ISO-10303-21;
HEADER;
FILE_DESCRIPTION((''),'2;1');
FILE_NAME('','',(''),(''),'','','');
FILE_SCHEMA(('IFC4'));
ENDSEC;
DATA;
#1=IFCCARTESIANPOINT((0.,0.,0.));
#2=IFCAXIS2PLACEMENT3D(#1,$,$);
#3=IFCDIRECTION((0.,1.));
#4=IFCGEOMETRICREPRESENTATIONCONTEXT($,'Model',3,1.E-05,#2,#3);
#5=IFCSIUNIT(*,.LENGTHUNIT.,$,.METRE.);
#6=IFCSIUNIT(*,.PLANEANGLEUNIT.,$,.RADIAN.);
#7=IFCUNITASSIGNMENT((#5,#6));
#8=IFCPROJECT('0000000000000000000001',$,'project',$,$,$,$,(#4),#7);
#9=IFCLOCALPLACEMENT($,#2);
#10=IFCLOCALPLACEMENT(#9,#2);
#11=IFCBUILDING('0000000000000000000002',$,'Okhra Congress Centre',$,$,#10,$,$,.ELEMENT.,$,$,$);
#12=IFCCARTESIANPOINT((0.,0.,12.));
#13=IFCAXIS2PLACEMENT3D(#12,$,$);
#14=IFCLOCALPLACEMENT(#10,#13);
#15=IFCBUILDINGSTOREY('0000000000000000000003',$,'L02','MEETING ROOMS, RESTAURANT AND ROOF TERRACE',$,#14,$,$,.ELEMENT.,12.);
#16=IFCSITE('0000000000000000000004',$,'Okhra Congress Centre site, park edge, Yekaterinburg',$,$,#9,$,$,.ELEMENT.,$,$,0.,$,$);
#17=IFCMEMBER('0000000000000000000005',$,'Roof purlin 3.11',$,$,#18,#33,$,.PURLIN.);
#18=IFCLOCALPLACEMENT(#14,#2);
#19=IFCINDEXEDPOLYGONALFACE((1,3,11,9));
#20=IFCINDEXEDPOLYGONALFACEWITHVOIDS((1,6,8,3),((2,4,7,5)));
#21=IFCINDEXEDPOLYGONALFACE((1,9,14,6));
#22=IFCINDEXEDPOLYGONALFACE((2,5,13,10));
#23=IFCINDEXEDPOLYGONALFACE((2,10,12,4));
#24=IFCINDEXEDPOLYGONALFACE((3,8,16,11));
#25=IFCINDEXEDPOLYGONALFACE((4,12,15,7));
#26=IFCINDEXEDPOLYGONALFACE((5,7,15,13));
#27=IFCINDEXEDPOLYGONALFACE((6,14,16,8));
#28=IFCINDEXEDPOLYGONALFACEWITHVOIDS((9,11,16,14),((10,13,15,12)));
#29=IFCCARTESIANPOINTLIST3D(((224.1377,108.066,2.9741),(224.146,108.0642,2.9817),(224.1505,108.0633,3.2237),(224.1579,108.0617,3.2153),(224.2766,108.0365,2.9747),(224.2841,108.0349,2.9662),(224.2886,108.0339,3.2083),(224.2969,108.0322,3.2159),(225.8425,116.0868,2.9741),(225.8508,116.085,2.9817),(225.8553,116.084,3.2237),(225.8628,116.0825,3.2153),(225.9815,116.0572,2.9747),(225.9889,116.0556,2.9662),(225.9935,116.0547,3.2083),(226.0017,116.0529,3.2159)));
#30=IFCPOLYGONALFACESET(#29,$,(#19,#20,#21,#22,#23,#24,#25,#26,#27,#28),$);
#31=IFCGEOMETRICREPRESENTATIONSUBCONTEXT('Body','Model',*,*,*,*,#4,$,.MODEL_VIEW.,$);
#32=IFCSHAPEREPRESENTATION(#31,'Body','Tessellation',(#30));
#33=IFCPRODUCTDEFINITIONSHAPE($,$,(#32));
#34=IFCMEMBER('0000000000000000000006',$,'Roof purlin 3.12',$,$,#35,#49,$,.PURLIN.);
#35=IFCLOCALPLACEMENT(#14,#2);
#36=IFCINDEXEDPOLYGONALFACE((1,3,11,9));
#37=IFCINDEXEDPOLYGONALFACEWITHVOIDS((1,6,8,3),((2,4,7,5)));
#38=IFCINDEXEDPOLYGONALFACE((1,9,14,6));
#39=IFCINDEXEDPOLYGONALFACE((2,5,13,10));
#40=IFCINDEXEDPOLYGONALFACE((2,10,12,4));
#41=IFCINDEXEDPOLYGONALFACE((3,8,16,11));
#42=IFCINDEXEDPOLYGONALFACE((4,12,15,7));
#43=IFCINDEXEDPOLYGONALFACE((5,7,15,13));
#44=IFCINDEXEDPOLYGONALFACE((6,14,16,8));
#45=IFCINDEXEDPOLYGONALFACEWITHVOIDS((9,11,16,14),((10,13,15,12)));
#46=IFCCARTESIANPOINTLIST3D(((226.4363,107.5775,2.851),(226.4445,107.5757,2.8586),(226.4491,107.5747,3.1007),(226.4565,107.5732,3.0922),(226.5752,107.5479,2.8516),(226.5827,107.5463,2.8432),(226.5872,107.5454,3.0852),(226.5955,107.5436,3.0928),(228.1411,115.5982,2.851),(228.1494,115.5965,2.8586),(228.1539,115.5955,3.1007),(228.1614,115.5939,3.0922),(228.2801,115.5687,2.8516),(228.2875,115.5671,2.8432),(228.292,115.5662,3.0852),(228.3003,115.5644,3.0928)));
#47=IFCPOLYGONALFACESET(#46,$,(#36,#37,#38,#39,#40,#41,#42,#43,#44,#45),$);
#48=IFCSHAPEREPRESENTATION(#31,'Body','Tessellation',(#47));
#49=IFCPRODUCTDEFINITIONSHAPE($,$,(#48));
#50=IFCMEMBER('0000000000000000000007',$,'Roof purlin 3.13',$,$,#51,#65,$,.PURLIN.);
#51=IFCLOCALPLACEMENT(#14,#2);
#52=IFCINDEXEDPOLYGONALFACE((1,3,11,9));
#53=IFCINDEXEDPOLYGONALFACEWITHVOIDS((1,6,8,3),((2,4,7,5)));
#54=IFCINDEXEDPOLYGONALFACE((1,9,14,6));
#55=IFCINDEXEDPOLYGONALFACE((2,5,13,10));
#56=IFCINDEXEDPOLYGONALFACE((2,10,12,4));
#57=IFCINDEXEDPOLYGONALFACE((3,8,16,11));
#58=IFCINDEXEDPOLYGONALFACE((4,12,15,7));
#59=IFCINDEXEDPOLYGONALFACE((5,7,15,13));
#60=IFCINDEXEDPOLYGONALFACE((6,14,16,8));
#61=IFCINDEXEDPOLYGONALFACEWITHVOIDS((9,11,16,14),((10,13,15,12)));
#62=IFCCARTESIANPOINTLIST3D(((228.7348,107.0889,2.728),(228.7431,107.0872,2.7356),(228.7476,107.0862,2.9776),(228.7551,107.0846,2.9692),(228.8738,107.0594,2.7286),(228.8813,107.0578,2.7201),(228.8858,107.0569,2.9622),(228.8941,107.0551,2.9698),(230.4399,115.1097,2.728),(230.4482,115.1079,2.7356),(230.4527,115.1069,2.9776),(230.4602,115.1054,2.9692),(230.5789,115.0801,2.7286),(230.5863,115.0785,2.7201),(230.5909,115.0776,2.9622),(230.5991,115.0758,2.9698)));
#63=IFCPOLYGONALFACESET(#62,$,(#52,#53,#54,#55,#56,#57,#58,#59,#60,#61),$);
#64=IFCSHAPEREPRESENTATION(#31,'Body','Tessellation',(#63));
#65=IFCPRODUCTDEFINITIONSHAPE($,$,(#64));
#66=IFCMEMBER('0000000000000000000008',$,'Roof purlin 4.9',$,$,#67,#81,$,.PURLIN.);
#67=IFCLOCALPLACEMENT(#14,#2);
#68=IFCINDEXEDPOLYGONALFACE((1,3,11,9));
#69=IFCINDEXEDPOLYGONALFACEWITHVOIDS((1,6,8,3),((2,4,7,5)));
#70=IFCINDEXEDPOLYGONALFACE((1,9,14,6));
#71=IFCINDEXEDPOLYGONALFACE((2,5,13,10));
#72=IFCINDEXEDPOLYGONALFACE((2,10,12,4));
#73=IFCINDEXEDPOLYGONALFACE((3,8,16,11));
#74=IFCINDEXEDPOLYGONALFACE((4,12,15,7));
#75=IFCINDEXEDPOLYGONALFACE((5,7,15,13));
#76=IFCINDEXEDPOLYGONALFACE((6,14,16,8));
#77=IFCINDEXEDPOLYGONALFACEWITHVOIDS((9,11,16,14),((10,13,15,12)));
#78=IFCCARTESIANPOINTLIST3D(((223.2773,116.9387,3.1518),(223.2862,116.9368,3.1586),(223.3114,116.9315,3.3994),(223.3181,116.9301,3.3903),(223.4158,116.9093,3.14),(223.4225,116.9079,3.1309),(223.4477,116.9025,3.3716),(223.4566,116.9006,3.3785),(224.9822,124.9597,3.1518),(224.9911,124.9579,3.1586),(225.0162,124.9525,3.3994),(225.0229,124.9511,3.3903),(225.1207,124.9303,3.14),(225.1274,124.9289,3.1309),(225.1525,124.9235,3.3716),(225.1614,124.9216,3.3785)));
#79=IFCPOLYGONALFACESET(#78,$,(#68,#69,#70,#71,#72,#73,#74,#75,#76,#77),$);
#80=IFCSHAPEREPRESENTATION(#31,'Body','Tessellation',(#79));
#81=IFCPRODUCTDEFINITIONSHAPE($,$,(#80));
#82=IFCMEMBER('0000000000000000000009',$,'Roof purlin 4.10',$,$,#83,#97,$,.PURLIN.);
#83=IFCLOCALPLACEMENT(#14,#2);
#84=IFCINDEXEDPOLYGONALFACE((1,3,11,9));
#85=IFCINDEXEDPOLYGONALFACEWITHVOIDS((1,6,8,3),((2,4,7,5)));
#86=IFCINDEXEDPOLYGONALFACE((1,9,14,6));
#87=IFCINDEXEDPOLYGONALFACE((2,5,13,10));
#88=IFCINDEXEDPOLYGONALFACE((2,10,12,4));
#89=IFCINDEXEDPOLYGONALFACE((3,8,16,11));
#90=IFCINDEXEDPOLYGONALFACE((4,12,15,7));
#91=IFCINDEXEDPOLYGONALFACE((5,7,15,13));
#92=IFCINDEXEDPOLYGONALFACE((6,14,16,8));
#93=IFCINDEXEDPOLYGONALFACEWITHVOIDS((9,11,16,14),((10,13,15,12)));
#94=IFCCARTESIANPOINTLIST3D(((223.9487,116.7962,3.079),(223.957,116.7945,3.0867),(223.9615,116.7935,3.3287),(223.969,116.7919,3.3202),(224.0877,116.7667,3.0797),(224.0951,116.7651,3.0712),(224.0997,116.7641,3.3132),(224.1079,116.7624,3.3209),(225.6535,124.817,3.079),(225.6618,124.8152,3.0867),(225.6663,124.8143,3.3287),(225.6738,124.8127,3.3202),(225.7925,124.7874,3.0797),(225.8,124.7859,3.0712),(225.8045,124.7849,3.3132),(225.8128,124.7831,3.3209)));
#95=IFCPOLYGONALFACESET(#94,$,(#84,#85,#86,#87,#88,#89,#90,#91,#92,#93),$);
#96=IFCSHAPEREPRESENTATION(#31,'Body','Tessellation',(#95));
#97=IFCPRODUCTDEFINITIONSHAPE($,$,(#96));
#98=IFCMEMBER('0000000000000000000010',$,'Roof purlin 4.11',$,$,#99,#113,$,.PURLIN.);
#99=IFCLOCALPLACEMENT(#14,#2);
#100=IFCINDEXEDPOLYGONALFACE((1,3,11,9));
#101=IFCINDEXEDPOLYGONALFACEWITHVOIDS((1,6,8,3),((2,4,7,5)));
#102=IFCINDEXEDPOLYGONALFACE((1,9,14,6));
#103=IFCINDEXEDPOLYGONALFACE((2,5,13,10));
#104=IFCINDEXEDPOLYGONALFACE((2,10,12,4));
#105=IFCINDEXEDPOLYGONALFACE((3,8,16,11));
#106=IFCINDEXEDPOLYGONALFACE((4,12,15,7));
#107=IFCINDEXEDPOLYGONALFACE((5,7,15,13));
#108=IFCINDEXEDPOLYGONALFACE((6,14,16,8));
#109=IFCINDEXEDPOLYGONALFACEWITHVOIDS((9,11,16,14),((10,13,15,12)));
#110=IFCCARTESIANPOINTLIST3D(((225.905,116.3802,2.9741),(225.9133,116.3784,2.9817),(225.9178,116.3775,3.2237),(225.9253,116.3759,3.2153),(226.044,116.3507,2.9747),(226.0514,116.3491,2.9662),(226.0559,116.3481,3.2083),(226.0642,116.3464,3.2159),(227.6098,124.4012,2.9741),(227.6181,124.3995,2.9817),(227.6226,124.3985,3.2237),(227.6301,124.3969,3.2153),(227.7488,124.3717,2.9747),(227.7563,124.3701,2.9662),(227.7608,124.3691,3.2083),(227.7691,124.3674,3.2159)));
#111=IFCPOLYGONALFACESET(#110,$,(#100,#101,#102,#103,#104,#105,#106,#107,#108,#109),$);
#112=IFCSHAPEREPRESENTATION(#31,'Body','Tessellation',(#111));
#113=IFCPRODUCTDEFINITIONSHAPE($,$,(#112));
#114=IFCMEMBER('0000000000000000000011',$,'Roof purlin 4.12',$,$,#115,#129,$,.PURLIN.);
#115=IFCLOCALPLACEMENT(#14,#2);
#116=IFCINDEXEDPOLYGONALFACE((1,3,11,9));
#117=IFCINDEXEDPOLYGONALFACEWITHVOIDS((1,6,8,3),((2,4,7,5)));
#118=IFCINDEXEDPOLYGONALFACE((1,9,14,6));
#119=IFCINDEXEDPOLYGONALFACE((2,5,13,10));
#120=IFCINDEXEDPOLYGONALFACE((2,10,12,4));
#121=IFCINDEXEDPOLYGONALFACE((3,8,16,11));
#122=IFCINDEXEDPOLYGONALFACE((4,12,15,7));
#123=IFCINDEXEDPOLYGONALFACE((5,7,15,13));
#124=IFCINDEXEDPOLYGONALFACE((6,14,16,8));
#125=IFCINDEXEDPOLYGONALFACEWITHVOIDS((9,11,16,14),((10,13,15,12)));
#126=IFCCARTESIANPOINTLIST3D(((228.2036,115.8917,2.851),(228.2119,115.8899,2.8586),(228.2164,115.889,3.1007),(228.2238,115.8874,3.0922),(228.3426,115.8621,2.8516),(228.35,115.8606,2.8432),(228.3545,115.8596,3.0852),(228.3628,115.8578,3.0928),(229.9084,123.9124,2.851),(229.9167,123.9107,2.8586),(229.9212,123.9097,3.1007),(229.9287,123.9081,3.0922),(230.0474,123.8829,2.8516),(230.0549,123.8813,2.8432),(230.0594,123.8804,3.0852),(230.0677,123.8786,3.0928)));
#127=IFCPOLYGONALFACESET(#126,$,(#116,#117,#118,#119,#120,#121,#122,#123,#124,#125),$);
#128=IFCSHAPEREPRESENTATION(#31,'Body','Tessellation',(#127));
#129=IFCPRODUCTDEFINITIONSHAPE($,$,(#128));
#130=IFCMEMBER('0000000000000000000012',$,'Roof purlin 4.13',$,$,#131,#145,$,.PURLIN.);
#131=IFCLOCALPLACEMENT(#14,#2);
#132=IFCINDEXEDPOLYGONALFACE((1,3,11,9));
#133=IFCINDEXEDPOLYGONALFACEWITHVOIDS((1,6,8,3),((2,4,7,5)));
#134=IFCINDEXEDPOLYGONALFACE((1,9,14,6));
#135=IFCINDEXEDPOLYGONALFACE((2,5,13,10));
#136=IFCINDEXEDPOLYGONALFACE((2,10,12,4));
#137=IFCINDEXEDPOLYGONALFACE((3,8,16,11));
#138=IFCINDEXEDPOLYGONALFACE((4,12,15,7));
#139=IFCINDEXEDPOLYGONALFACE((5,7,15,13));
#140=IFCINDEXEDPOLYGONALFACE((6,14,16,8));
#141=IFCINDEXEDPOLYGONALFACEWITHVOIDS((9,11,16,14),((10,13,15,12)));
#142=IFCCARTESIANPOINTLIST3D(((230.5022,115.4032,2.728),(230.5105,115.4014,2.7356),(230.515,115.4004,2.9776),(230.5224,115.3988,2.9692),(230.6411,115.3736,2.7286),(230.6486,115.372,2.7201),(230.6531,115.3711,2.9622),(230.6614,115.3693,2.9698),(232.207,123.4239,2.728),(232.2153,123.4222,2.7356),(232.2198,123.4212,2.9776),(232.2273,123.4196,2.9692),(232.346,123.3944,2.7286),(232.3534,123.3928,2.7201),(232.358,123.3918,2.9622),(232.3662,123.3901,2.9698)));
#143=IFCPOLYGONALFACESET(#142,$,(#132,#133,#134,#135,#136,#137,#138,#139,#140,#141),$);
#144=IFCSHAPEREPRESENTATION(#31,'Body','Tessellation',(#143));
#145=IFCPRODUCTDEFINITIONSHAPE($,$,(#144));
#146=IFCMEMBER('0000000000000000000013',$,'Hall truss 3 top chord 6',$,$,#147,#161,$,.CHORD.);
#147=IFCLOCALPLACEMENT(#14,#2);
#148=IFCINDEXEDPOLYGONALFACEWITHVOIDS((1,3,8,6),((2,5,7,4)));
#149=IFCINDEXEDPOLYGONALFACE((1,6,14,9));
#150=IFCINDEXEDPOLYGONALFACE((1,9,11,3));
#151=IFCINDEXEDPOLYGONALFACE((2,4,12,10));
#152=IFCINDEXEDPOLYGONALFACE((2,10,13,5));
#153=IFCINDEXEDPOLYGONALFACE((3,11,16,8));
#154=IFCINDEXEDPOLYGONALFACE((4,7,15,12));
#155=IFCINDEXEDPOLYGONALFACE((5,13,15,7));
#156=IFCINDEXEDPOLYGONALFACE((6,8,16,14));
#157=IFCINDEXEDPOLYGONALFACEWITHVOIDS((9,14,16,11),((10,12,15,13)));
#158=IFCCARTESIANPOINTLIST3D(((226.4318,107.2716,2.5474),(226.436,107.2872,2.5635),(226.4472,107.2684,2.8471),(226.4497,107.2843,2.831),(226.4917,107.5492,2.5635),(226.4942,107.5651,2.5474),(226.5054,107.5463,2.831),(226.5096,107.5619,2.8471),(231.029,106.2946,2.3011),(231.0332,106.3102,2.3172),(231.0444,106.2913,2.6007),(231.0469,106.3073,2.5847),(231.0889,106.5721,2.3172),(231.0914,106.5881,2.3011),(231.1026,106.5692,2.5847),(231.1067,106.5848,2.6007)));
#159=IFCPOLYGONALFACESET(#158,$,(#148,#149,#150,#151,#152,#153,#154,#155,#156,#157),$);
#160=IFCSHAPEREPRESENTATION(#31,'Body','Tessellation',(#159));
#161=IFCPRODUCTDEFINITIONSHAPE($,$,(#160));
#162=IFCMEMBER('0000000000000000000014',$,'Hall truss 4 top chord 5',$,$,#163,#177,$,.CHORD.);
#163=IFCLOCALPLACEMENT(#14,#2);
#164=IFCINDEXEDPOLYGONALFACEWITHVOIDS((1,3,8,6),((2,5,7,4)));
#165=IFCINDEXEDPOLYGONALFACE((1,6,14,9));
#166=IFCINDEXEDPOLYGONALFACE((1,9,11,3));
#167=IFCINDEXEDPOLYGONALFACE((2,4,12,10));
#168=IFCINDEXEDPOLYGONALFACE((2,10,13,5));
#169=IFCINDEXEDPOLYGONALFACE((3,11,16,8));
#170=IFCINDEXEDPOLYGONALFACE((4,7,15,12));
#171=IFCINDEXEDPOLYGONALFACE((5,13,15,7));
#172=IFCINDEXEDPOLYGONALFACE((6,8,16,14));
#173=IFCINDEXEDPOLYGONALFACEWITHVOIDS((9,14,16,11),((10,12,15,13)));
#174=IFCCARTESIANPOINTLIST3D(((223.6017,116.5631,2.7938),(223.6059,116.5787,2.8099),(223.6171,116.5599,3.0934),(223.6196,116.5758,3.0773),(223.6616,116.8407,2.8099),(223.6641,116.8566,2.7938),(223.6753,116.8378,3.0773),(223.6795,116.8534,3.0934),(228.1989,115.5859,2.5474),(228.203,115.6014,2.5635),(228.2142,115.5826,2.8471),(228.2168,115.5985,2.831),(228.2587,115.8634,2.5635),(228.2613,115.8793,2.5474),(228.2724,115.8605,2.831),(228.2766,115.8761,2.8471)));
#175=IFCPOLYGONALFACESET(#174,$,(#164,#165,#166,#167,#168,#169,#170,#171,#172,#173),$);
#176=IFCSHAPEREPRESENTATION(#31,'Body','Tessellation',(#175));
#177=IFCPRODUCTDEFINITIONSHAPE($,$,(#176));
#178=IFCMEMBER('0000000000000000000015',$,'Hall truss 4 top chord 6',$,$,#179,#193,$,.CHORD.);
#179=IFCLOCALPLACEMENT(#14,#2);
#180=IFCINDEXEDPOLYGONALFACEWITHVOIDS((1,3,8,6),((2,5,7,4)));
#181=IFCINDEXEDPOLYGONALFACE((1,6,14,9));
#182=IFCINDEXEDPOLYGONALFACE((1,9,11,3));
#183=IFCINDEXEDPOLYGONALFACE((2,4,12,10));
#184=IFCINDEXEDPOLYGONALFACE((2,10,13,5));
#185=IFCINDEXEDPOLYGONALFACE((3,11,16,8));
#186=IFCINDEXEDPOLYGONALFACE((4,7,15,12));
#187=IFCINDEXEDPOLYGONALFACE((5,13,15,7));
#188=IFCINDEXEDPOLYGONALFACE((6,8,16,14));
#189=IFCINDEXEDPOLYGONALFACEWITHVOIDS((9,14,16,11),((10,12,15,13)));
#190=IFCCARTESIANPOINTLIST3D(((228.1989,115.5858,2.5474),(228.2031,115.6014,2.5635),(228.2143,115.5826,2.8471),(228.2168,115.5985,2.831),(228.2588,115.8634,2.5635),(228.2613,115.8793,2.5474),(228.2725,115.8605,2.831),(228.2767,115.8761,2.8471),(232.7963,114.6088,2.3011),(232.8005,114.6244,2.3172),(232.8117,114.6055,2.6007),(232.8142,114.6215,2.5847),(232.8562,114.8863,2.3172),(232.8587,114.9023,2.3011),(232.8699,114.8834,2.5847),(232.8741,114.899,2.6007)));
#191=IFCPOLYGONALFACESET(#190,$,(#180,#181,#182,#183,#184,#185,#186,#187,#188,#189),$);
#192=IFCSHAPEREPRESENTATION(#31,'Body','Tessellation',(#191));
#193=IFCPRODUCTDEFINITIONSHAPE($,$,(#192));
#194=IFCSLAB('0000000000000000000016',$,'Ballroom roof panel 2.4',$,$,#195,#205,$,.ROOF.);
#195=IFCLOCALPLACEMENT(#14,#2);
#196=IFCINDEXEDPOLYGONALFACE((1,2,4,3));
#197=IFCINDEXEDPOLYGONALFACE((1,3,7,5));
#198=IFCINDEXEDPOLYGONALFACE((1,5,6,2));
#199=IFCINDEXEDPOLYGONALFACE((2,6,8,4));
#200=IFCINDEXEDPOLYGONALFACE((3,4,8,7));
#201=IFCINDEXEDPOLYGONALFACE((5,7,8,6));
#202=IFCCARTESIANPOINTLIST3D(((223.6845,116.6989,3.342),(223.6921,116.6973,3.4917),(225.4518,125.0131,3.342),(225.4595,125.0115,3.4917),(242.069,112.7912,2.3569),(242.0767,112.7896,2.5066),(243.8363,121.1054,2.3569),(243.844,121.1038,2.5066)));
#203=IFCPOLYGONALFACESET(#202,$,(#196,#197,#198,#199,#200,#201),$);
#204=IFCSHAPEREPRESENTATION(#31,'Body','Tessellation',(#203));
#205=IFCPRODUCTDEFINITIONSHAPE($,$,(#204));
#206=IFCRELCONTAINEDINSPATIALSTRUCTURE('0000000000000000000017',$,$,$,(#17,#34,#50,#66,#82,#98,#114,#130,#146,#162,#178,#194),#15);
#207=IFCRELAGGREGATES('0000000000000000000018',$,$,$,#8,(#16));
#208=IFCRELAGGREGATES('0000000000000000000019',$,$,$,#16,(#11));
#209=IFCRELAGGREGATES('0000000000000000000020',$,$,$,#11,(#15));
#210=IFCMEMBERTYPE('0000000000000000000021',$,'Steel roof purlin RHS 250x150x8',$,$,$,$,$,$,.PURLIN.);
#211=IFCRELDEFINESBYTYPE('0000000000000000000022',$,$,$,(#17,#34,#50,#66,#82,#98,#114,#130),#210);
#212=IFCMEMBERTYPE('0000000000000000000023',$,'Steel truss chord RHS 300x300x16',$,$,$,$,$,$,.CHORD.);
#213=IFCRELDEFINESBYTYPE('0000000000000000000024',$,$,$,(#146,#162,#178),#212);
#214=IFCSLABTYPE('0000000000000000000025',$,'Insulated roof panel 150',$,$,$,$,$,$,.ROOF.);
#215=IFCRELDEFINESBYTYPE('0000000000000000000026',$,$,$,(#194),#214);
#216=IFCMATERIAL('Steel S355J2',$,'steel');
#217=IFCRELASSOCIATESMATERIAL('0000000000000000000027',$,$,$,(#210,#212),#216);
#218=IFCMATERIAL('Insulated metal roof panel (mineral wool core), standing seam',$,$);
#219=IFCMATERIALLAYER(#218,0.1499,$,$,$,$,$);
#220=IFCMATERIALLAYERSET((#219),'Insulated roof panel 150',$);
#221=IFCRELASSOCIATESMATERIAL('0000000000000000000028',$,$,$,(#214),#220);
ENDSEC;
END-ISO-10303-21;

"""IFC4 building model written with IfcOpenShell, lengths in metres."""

from ifc_helpers import new_model, si_unit, direction, frame, origin, origin_2d, place, context, subcontext, project, spatial, polyline, hollow_rectangle, outline, extrude, material, layer, layer_set, material_profile, profile_set, type_object, element, save


model = new_model("IFC4")

# Units and contexts
model_context = context("Model", 3, precision=1e-05, world=origin(), true_north=direction((0.0, 1.0)))
body_context = subcontext(model_context, "Body", "Model", "MODEL_VIEW")
ifc_project = project(units=[si_unit("LENGTHUNIT", "METRE"), si_unit("PLANEANGLEUNIT", "RADIAN")], contexts=[model_context])

# Site, building, storey
site_placement = place(None, origin())
site = spatial("IfcSite", under=ifc_project, at=site_placement, Name="Okhra Congress Centre site, park edge, Yekaterinburg", CompositionType="ELEMENT", RefElevation=0.0)
building_placement = place(site_placement, origin())
building = spatial("IfcBuilding", under=site, at=building_placement, Name="Okhra Congress Centre", CompositionType="ELEMENT")
storey_placement = place(building_placement, frame((0.0, 0.0, 12.0)))
storey = spatial("IfcBuildingStorey", under=building, at=storey_placement, Name="L02", Description="MEETING ROOMS, RESTAURANT AND ROOF TERRACE", CompositionType="ELEMENT", Elevation=12.0)

# Members
ifc_material_1 = material(Name="Steel S355J2", Category="steel")
ifc_material_profile_1 = material_profile(ifc_material_1, hollow_rectangle(XDim=0.1499, YDim=0.25, WallThickness=0.0081, at=origin_2d()), Name="RHS 250x150x8")
ifc_profile_set_1 = profile_set([ifc_material_profile_1], Name="Steel S355J2")
member_type_1 = type_object("IfcMemberType", Name="Steel roof purlin RHS 250x150x8", PredefinedType="PURLIN", material=ifc_profile_set_1)
for number, where, z_axis, x_axis, name in (
    (1, (224.2173, 108.0491, 3.095), (0.207908, 0.978148, 0.0), (-0.976808, 0.207623, 0.052336), "Roof purlin 3.11"),
    (2, (226.5159, 107.5605, 2.9719), (0.207908, 0.978148, 0.0), (-0.976808, 0.207623, 0.052336), "Roof purlin 3.12"),
    (3, (228.8145, 107.072, 2.8489), (0.207937, 0.978142, 0.0), (-0.976802, 0.207652, 0.052336), "Roof purlin 3.13"),
):
    element("IfcMember", number, at=place(storey_placement, frame(where, z_axis=z_axis, x_axis=x_axis)), inside=storey, type_object=member_type_1, Name=name, PredefinedType="PURLIN", context=body_context, shape_type="SweptSolid", body=[
        extrude(hollow_rectangle(XDim=0.1499, YDim=0.25, WallThickness=0.0081, at=origin_2d()), origin(), (0.0, 0.0, 1.0), 8.2),
    ])
member_1_placement = place(storey_placement, frame((223.3669, 116.9197, 3.2651), z_axis=(0.207902, 0.97815, 0.0), x_axis=(-0.96863, 0.205879, 0.139173)))
element("IfcMember", 4, at=member_1_placement, inside=storey, type_object=member_type_1, Name="Roof purlin 4.9", PredefinedType="PURLIN", context=body_context, shape_type="SweptSolid", body=[
    extrude(hollow_rectangle(XDim=0.1499, YDim=0.25, WallThickness=0.0081, at=origin_2d()), origin(), (0.0, 0.0, 1.0), 8.2002),
])
member_2_placement = place(storey_placement, frame((224.0283, 116.7793, 3.2), z_axis=(0.207908, 0.978148, 0.0), x_axis=(-0.976808, 0.207623, 0.052336)))
element("IfcMember", 5, at=member_2_placement, inside=storey, type_object=member_type_1, Name="Roof purlin 4.10", PredefinedType="PURLIN", context=body_context, shape_type="SweptSolid", body=[
    extrude(hollow_rectangle(XDim=0.1499, YDim=0.25, WallThickness=0.0081, at=origin_2d()), origin(), (0.0, 0.0, 1.0), 8.2),
])
member_3_placement = place(storey_placement, frame((225.9846, 116.3633, 3.095), z_axis=(0.207902, 0.97815, 0.0), x_axis=(-0.976809, 0.207617, 0.052336)))
element("IfcMember", 6, at=member_3_placement, inside=storey, type_object=member_type_1, Name="Roof purlin 4.11", PredefinedType="PURLIN", context=body_context, shape_type="SweptSolid", body=[
    extrude(hollow_rectangle(XDim=0.1499, YDim=0.25, WallThickness=0.0081, at=origin_2d()), origin(), (0.0, 0.0, 1.0), 8.2002),
])
for number, where, z_axis, x_axis, name in (
    (7, (228.2832, 115.8748, 2.9719), (0.207908, 0.978148, 0.0), (-0.976808, 0.207623, 0.052336), "Roof purlin 4.12"),
    (8, (230.5818, 115.3862, 2.8489), (0.207908, 0.978148, 0.0), (-0.976808, 0.207623, 0.052336), "Roof purlin 4.13"),
):
    element("IfcMember", number, at=place(storey_placement, frame(where, z_axis=z_axis, x_axis=x_axis)), inside=storey, type_object=member_type_1, Name=name, PredefinedType="PURLIN", context=body_context, shape_type="SweptSolid", body=[
        extrude(hollow_rectangle(XDim=0.1499, YDim=0.25, WallThickness=0.0081, at=origin_2d()), origin(), (0.0, 0.0, 1.0), 8.2),
    ])
ifc_material_profile_2 = material_profile(ifc_material_1, hollow_rectangle(XDim=0.3, YDim=0.3, WallThickness=0.0161, at=origin_2d()), Name="RHS 300x300x16")
ifc_profile_set_2 = profile_set([ifc_material_profile_2], Name="Steel S355J2")
member_type_2 = type_object("IfcMemberType", Name="Steel truss chord RHS 300x300x16", PredefinedType="CHORD", material=ifc_profile_set_2)
for number, where, z_axis, x_axis, name in (
    (9, (226.4707, 107.4167, 2.6973), (0.976811, -0.207605, -0.052342), (0.20789, 0.978152, 0.0), "Hall truss 3 top chord 6"),
    (10, (223.6406, 116.7083, 2.9436), (0.976801, -0.207654, -0.052342), (0.20794, 0.978142, 0.0), "Hall truss 4 top chord 5"),
):
    element("IfcMember", number, at=place(storey_placement, frame(where, z_axis=z_axis, x_axis=x_axis)), inside=storey, type_object=member_type_2, Name=name, PredefinedType="CHORD", context=body_context, shape_type="SweptSolid", body=[
        extrude(hollow_rectangle(XDim=0.3, YDim=0.3, WallThickness=0.0161, at=origin_2d()), origin(), (0.0, 0.0, 1.0), 4.7063),
    ])
member_4_placement = place(storey_placement, frame((228.2378, 115.731, 2.6973), z_axis=(0.976814, -0.207594, -0.052339), x_axis=(0.207879, 0.978154, 0.0)))
element("IfcMember", 11, at=member_4_placement, inside=storey, type_object=member_type_2, Name="Hall truss 4 top chord 6", PredefinedType="CHORD", context=body_context, shape_type="SweptSolid", body=[
    extrude(hollow_rectangle(XDim=0.3, YDim=0.3, WallThickness=0.0161, at=origin_2d()), origin(), (0.0, 0.0, 1.0), 4.7065),
])

# Slab
ifc_material_2 = material(Name="Insulated metal roof panel (mineral wool core), standing seam")
ifc_layer_1 = layer(ifc_material_2, 0.1499)
ifc_layer_set_1 = layer_set([ifc_layer_1], Name="Insulated roof panel 150")
slab_type = type_object("IfcSlabType", Name="Insulated roof panel 150", PredefinedType="ROOF", material=ifc_layer_set_1)
slab_placement = place(storey_placement, frame((223.6921, 116.6973, 3.4917), z_axis=(0.051197, -0.010883, 0.998629), x_axis=(0.976807, -0.207625, -0.052341)))
element("IfcSlab", 12, at=slab_placement, inside=storey, type_object=slab_type, Name="Ballroom roof panel 2.4", PredefinedType="ROOF", context=body_context, shape_type="SweptSolid", body=[
    extrude(outline(polyline([(0.0, 0.0), (18.821, 0.0), (18.8211, 8.5), (0.0001, 8.5), (0.0, 0.0)])), origin(), (0.0, 0.0, -1.0), 0.1499),
])

save(model, "model.ifc")
